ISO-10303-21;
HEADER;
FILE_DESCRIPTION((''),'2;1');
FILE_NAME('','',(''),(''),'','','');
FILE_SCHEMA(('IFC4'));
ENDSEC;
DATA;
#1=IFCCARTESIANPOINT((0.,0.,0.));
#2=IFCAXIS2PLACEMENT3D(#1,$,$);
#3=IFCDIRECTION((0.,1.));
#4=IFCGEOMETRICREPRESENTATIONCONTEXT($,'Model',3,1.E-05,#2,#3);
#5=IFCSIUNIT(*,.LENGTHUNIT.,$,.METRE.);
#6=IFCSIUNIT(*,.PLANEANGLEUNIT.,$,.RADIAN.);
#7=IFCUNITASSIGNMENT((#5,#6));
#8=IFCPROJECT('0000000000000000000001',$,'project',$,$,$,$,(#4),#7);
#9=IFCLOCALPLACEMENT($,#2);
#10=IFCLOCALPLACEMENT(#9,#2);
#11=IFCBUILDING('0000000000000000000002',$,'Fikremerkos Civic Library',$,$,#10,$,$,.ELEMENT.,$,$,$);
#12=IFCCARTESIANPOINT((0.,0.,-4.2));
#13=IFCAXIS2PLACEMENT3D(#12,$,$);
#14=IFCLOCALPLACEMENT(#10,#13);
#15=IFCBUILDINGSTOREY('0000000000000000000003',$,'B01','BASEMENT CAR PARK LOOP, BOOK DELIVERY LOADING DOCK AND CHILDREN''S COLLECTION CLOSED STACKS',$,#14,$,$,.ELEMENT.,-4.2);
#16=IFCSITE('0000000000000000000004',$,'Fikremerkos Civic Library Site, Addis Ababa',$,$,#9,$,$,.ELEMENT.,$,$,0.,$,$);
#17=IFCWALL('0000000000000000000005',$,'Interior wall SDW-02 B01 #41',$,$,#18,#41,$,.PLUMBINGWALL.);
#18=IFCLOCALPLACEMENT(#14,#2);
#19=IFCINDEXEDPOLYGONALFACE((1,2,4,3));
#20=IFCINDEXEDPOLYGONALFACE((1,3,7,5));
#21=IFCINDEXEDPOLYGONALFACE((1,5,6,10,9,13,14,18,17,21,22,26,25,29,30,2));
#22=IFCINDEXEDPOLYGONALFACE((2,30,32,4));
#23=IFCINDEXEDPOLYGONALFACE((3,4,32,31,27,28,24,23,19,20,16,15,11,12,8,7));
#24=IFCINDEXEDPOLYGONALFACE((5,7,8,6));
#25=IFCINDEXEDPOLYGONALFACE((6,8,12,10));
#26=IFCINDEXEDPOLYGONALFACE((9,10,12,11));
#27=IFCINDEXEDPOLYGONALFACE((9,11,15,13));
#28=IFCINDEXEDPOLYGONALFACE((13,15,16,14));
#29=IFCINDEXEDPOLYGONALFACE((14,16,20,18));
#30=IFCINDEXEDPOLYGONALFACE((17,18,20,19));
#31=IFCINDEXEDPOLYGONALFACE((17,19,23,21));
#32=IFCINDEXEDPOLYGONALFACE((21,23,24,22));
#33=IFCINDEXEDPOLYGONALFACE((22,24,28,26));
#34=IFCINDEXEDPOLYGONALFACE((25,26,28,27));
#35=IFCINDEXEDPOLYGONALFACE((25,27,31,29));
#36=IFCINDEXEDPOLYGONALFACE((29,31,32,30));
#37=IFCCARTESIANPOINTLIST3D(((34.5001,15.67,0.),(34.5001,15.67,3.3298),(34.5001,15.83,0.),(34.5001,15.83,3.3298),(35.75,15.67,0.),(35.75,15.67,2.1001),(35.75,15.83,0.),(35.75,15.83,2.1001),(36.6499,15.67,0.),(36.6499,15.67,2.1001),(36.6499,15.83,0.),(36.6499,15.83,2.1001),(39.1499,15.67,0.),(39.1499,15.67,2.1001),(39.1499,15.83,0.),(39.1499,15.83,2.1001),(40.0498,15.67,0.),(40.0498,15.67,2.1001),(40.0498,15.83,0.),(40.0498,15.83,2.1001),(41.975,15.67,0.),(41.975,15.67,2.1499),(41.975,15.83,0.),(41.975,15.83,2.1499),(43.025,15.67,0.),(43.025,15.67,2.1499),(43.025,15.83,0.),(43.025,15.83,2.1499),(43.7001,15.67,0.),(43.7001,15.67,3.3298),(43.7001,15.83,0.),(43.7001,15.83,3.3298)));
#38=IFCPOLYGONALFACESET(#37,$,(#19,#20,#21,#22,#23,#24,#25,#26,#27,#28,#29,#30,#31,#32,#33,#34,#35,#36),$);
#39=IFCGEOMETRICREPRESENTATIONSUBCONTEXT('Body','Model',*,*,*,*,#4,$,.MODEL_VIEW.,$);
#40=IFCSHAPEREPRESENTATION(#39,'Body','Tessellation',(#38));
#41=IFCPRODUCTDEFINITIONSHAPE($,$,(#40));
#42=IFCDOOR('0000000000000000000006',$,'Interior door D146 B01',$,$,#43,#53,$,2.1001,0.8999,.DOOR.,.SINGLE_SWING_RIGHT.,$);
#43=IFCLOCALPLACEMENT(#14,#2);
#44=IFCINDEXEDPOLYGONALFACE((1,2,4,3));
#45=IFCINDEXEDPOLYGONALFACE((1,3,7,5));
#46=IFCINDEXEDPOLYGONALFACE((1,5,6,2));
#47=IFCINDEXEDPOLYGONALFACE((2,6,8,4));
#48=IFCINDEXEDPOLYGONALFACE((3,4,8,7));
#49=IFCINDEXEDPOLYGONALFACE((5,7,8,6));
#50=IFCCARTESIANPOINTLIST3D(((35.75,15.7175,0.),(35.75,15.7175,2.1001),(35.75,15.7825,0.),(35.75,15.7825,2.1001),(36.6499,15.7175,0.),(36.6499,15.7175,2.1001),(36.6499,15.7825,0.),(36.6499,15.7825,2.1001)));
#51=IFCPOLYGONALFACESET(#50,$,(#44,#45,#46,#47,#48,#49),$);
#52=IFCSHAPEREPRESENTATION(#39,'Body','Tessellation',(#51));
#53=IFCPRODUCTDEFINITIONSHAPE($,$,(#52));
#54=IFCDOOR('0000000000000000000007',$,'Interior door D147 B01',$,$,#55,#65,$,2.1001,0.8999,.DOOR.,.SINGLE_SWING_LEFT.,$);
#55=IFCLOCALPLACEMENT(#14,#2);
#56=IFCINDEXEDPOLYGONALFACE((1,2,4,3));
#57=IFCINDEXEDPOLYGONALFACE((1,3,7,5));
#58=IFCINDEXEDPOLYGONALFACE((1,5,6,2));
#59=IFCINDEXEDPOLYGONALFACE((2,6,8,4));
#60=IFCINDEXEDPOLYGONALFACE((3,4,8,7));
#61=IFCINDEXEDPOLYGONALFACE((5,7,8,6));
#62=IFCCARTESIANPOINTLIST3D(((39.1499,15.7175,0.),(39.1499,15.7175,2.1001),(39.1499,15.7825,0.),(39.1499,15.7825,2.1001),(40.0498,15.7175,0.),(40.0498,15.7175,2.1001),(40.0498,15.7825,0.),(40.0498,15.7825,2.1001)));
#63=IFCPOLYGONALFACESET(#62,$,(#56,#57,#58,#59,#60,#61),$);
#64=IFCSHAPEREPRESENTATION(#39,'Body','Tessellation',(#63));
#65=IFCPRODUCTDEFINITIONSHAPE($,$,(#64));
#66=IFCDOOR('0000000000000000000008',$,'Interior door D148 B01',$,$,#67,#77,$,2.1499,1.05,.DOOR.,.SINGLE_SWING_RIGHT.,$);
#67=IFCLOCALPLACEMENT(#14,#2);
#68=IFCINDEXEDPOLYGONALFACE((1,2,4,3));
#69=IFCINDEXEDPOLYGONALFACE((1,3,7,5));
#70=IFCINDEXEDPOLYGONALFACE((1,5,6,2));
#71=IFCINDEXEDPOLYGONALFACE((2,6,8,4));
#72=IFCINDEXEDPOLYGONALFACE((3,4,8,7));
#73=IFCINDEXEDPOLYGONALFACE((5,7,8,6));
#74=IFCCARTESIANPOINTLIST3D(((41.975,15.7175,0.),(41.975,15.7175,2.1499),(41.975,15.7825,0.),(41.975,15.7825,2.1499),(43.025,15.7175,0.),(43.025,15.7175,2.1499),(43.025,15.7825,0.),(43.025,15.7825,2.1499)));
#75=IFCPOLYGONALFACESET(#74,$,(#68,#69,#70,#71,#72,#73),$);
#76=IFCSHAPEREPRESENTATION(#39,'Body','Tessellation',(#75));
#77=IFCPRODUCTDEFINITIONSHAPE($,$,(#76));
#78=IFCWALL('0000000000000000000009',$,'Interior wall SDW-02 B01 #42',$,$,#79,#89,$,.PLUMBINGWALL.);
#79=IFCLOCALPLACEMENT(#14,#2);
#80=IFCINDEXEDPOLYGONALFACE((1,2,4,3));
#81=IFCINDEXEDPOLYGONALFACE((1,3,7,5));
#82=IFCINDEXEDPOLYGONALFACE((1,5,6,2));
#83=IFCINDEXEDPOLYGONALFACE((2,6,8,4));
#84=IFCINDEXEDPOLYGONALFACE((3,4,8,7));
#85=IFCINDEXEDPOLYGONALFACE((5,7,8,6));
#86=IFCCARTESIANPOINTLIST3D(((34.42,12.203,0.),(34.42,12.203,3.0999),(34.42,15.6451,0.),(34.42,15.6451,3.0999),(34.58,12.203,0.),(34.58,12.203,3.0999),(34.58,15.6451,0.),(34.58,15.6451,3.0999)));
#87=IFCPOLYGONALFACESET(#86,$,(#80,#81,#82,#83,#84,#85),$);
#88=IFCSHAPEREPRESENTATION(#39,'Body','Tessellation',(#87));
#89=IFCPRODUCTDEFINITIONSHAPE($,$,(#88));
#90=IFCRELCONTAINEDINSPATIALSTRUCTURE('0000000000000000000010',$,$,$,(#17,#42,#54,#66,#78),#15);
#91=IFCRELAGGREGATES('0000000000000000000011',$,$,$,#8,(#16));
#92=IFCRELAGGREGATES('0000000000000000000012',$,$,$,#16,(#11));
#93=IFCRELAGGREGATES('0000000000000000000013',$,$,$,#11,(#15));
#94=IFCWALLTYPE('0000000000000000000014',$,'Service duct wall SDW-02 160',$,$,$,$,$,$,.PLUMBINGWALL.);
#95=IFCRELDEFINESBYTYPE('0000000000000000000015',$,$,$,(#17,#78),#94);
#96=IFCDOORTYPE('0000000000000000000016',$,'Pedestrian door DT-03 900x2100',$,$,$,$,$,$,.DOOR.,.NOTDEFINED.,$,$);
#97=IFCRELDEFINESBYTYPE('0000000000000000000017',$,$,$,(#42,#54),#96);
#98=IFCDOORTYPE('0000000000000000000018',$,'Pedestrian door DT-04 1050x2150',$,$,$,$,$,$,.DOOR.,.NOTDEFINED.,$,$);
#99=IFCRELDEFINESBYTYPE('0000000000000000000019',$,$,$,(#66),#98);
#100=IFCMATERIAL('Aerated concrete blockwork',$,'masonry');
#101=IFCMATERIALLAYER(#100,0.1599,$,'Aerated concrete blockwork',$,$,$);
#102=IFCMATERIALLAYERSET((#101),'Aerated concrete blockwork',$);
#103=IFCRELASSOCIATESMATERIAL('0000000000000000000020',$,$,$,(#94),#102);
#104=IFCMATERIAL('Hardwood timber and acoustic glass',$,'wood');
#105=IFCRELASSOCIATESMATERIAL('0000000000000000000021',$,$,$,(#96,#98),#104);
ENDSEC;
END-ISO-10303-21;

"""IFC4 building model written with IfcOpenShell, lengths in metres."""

from ifc_helpers import new_model, si_unit, direction, frame, frame_2d, origin, place, context, subcontext, project, spatial, rectangle, extrude, material, layer, layer_set, type_object, element, fill, save


model = new_model("IFC4")

# Units and contexts
model_context = context("Model", 3, precision=1e-05, world=origin(), true_north=direction((0.0, 1.0)))
body_context = subcontext(model_context, "Body", "Model", "MODEL_VIEW")
ifc_project = project(units=[si_unit("LENGTHUNIT", "METRE"), si_unit("PLANEANGLEUNIT", "RADIAN")], contexts=[model_context])

# Site, building, storey
site_placement = place(None, origin())
site = spatial("IfcSite", under=ifc_project, at=site_placement, Name="Fikremerkos Civic Library Site, Addis Ababa", CompositionType="ELEMENT", RefElevation=0.0)
building_placement = place(site_placement, origin())
building = spatial("IfcBuilding", under=site, at=building_placement, Name="Fikremerkos Civic Library", CompositionType="ELEMENT")
storey_placement = place(building_placement, frame((0.0, 0.0, -4.2)))
storey = spatial("IfcBuildingStorey", under=building, at=storey_placement, Name="B01", Description="BASEMENT CAR PARK LOOP, BOOK DELIVERY LOADING DOCK AND CHILDREN'S COLLECTION CLOSED STACKS", CompositionType="ELEMENT", Elevation=-4.2)

# Wall, openings, doors
ifc_material_1 = material(Name="Aerated concrete blockwork", Category="masonry")
ifc_layer_1 = layer(ifc_material_1, 0.1599, Name="Aerated concrete blockwork")
ifc_layer_set_1 = layer_set([ifc_layer_1], Name="Aerated concrete blockwork")
wall_type_1 = type_object("IfcWallType", Name="Service duct wall SDW-02 160", PredefinedType="PLUMBINGWALL", material=ifc_layer_set_1)
wall_1_placement = place(storey_placement, frame((34.5, 15.75, 0.0), z_axis=(0.0, 0.0, 1.0), x_axis=(1.0, 0.0, 0.0)))
wall_1 = element("IfcWall", 1, at=wall_1_placement, inside=storey, type_object=wall_type_1, Name="Interior wall SDW-02 B01 #41", PredefinedType="PLUMBINGWALL", context=body_context, shape_type="SweptSolid", body=[
    extrude(rectangle(XDim=9.2, YDim=0.1599, at=frame_2d((4.6001, 0.0))), origin(), (0.0, 0.0, 1.0), 3.3298),
])
opening_1_placement = place(wall_1_placement, frame((1.25, 0.0, 0.0)))
opening_1 = element("IfcOpeningElement", 2, at=opening_1_placement, cuts=wall_1, PredefinedType="OPENING", context=body_context, shape_type="SweptSolid", body=[
    extrude(rectangle(XDim=0.8999, YDim=2.1001, at=frame_2d((0.45, 1.05))), frame((0.0, 0.0898, 0.0), z_axis=(0.0, -1.0, 0.0), x_axis=(1.0, 0.0, 0.0)), (0.0, 0.0, 1.0), 0.1799),
])
opening_2_placement = place(wall_1_placement, frame((4.6499, 0.0, 0.0)))
opening_2 = element("IfcOpeningElement", 3, at=opening_2_placement, cuts=wall_1, PredefinedType="OPENING", context=body_context, shape_type="SweptSolid", body=[
    extrude(rectangle(XDim=0.8999, YDim=2.1001, at=frame_2d((0.45, 1.05))), frame((0.0, 0.0898, 0.0), z_axis=(0.0, -1.0, 0.0), x_axis=(1.0, 0.0, 0.0)), (0.0, 0.0, 1.0), 0.1799),
])
opening_3_placement = place(wall_1_placement, frame((7.4751, 0.0, 0.0)))
opening_3 = element("IfcOpeningElement", 4, at=opening_3_placement, cuts=wall_1, PredefinedType="OPENING", context=body_context, shape_type="SweptSolid", body=[
    extrude(rectangle(XDim=1.05, YDim=2.1499, at=frame_2d((0.5249, 1.075))), frame((0.0, 0.0898, 0.0), z_axis=(0.0, -1.0, 0.0), x_axis=(1.0, 0.0, 0.0)), (0.0, 0.0, 1.0), 0.1799),
])
ifc_material_2 = material(Name="Hardwood timber and acoustic glass", Category="wood")
door_type_1 = type_object("IfcDoorType", Name="Pedestrian door DT-03 900x2100", OperationType="NOTDEFINED", PredefinedType="DOOR", material=ifc_material_2)
door_1_placement = place(opening_1_placement, origin())
door_1 = element("IfcDoor", 5, at=door_1_placement, inside=storey, type_object=door_type_1, Name="Interior door D146 B01", OperationType="SINGLE_SWING_RIGHT", OverallHeight=2.1001, OverallWidth=0.8999, PredefinedType="DOOR", context=body_context, shape_type="SweptSolid", body=[
    extrude(rectangle(XDim=0.8999, YDim=2.1001, at=frame_2d((0.45, 1.05))), frame((0.0, 0.0325, 0.0), z_axis=(0.0, -1.0, 0.0), x_axis=(1.0, 0.0, 0.0)), (0.0, 0.0, 1.0), 0.0649),
])
fill(opening_1, door_1)
door_2_placement = place(opening_2_placement, origin())
door_2 = element("IfcDoor", 6, at=door_2_placement, inside=storey, type_object=door_type_1, Name="Interior door D147 B01", OperationType="SINGLE_SWING_LEFT", OverallHeight=2.1001, OverallWidth=0.8999, PredefinedType="DOOR", context=body_context, shape_type="SweptSolid", body=[
    extrude(rectangle(XDim=0.8999, YDim=2.1001, at=frame_2d((0.45, 1.05))), frame((0.0, 0.0325, 0.0), z_axis=(0.0, -1.0, 0.0), x_axis=(1.0, 0.0, 0.0)), (0.0, 0.0, 1.0), 0.0649),
])
fill(opening_2, door_2)
door_type_2 = type_object("IfcDoorType", Name="Pedestrian door DT-04 1050x2150", OperationType="NOTDEFINED", PredefinedType="DOOR", material=ifc_material_2)
door_3_placement = place(opening_3_placement, origin())
door_3 = element("IfcDoor", 7, at=door_3_placement, inside=storey, type_object=door_type_2, Name="Interior door D148 B01", OperationType="SINGLE_SWING_RIGHT", OverallHeight=2.1499, OverallWidth=1.05, PredefinedType="DOOR", context=body_context, shape_type="SweptSolid", body=[
    extrude(rectangle(XDim=1.05, YDim=2.1499, at=frame_2d((0.5249, 1.075))), frame((0.0, 0.0325, 0.0), z_axis=(0.0, -1.0, 0.0), x_axis=(1.0, 0.0, 0.0)), (0.0, 0.0, 1.0), 0.0649),
])
fill(opening_3, door_3)

# Wall
wall_2_placement = place(storey_placement, frame((34.5, 12.2029, 0.0), z_axis=(0.0, 0.0, 1.0), x_axis=(0.0, 1.0, 0.0)))
element("IfcWall", 8, at=wall_2_placement, inside=storey, type_object=wall_type_1, Name="Interior wall SDW-02 B01 #42", PredefinedType="PLUMBINGWALL", context=body_context, shape_type="SweptSolid", body=[
    extrude(rectangle(XDim=3.4421, YDim=0.1599, at=frame_2d((1.7212, 0.0))), origin(), (0.0, 0.0, 1.0), 3.0999),
])

save(model, "model.ifc")
